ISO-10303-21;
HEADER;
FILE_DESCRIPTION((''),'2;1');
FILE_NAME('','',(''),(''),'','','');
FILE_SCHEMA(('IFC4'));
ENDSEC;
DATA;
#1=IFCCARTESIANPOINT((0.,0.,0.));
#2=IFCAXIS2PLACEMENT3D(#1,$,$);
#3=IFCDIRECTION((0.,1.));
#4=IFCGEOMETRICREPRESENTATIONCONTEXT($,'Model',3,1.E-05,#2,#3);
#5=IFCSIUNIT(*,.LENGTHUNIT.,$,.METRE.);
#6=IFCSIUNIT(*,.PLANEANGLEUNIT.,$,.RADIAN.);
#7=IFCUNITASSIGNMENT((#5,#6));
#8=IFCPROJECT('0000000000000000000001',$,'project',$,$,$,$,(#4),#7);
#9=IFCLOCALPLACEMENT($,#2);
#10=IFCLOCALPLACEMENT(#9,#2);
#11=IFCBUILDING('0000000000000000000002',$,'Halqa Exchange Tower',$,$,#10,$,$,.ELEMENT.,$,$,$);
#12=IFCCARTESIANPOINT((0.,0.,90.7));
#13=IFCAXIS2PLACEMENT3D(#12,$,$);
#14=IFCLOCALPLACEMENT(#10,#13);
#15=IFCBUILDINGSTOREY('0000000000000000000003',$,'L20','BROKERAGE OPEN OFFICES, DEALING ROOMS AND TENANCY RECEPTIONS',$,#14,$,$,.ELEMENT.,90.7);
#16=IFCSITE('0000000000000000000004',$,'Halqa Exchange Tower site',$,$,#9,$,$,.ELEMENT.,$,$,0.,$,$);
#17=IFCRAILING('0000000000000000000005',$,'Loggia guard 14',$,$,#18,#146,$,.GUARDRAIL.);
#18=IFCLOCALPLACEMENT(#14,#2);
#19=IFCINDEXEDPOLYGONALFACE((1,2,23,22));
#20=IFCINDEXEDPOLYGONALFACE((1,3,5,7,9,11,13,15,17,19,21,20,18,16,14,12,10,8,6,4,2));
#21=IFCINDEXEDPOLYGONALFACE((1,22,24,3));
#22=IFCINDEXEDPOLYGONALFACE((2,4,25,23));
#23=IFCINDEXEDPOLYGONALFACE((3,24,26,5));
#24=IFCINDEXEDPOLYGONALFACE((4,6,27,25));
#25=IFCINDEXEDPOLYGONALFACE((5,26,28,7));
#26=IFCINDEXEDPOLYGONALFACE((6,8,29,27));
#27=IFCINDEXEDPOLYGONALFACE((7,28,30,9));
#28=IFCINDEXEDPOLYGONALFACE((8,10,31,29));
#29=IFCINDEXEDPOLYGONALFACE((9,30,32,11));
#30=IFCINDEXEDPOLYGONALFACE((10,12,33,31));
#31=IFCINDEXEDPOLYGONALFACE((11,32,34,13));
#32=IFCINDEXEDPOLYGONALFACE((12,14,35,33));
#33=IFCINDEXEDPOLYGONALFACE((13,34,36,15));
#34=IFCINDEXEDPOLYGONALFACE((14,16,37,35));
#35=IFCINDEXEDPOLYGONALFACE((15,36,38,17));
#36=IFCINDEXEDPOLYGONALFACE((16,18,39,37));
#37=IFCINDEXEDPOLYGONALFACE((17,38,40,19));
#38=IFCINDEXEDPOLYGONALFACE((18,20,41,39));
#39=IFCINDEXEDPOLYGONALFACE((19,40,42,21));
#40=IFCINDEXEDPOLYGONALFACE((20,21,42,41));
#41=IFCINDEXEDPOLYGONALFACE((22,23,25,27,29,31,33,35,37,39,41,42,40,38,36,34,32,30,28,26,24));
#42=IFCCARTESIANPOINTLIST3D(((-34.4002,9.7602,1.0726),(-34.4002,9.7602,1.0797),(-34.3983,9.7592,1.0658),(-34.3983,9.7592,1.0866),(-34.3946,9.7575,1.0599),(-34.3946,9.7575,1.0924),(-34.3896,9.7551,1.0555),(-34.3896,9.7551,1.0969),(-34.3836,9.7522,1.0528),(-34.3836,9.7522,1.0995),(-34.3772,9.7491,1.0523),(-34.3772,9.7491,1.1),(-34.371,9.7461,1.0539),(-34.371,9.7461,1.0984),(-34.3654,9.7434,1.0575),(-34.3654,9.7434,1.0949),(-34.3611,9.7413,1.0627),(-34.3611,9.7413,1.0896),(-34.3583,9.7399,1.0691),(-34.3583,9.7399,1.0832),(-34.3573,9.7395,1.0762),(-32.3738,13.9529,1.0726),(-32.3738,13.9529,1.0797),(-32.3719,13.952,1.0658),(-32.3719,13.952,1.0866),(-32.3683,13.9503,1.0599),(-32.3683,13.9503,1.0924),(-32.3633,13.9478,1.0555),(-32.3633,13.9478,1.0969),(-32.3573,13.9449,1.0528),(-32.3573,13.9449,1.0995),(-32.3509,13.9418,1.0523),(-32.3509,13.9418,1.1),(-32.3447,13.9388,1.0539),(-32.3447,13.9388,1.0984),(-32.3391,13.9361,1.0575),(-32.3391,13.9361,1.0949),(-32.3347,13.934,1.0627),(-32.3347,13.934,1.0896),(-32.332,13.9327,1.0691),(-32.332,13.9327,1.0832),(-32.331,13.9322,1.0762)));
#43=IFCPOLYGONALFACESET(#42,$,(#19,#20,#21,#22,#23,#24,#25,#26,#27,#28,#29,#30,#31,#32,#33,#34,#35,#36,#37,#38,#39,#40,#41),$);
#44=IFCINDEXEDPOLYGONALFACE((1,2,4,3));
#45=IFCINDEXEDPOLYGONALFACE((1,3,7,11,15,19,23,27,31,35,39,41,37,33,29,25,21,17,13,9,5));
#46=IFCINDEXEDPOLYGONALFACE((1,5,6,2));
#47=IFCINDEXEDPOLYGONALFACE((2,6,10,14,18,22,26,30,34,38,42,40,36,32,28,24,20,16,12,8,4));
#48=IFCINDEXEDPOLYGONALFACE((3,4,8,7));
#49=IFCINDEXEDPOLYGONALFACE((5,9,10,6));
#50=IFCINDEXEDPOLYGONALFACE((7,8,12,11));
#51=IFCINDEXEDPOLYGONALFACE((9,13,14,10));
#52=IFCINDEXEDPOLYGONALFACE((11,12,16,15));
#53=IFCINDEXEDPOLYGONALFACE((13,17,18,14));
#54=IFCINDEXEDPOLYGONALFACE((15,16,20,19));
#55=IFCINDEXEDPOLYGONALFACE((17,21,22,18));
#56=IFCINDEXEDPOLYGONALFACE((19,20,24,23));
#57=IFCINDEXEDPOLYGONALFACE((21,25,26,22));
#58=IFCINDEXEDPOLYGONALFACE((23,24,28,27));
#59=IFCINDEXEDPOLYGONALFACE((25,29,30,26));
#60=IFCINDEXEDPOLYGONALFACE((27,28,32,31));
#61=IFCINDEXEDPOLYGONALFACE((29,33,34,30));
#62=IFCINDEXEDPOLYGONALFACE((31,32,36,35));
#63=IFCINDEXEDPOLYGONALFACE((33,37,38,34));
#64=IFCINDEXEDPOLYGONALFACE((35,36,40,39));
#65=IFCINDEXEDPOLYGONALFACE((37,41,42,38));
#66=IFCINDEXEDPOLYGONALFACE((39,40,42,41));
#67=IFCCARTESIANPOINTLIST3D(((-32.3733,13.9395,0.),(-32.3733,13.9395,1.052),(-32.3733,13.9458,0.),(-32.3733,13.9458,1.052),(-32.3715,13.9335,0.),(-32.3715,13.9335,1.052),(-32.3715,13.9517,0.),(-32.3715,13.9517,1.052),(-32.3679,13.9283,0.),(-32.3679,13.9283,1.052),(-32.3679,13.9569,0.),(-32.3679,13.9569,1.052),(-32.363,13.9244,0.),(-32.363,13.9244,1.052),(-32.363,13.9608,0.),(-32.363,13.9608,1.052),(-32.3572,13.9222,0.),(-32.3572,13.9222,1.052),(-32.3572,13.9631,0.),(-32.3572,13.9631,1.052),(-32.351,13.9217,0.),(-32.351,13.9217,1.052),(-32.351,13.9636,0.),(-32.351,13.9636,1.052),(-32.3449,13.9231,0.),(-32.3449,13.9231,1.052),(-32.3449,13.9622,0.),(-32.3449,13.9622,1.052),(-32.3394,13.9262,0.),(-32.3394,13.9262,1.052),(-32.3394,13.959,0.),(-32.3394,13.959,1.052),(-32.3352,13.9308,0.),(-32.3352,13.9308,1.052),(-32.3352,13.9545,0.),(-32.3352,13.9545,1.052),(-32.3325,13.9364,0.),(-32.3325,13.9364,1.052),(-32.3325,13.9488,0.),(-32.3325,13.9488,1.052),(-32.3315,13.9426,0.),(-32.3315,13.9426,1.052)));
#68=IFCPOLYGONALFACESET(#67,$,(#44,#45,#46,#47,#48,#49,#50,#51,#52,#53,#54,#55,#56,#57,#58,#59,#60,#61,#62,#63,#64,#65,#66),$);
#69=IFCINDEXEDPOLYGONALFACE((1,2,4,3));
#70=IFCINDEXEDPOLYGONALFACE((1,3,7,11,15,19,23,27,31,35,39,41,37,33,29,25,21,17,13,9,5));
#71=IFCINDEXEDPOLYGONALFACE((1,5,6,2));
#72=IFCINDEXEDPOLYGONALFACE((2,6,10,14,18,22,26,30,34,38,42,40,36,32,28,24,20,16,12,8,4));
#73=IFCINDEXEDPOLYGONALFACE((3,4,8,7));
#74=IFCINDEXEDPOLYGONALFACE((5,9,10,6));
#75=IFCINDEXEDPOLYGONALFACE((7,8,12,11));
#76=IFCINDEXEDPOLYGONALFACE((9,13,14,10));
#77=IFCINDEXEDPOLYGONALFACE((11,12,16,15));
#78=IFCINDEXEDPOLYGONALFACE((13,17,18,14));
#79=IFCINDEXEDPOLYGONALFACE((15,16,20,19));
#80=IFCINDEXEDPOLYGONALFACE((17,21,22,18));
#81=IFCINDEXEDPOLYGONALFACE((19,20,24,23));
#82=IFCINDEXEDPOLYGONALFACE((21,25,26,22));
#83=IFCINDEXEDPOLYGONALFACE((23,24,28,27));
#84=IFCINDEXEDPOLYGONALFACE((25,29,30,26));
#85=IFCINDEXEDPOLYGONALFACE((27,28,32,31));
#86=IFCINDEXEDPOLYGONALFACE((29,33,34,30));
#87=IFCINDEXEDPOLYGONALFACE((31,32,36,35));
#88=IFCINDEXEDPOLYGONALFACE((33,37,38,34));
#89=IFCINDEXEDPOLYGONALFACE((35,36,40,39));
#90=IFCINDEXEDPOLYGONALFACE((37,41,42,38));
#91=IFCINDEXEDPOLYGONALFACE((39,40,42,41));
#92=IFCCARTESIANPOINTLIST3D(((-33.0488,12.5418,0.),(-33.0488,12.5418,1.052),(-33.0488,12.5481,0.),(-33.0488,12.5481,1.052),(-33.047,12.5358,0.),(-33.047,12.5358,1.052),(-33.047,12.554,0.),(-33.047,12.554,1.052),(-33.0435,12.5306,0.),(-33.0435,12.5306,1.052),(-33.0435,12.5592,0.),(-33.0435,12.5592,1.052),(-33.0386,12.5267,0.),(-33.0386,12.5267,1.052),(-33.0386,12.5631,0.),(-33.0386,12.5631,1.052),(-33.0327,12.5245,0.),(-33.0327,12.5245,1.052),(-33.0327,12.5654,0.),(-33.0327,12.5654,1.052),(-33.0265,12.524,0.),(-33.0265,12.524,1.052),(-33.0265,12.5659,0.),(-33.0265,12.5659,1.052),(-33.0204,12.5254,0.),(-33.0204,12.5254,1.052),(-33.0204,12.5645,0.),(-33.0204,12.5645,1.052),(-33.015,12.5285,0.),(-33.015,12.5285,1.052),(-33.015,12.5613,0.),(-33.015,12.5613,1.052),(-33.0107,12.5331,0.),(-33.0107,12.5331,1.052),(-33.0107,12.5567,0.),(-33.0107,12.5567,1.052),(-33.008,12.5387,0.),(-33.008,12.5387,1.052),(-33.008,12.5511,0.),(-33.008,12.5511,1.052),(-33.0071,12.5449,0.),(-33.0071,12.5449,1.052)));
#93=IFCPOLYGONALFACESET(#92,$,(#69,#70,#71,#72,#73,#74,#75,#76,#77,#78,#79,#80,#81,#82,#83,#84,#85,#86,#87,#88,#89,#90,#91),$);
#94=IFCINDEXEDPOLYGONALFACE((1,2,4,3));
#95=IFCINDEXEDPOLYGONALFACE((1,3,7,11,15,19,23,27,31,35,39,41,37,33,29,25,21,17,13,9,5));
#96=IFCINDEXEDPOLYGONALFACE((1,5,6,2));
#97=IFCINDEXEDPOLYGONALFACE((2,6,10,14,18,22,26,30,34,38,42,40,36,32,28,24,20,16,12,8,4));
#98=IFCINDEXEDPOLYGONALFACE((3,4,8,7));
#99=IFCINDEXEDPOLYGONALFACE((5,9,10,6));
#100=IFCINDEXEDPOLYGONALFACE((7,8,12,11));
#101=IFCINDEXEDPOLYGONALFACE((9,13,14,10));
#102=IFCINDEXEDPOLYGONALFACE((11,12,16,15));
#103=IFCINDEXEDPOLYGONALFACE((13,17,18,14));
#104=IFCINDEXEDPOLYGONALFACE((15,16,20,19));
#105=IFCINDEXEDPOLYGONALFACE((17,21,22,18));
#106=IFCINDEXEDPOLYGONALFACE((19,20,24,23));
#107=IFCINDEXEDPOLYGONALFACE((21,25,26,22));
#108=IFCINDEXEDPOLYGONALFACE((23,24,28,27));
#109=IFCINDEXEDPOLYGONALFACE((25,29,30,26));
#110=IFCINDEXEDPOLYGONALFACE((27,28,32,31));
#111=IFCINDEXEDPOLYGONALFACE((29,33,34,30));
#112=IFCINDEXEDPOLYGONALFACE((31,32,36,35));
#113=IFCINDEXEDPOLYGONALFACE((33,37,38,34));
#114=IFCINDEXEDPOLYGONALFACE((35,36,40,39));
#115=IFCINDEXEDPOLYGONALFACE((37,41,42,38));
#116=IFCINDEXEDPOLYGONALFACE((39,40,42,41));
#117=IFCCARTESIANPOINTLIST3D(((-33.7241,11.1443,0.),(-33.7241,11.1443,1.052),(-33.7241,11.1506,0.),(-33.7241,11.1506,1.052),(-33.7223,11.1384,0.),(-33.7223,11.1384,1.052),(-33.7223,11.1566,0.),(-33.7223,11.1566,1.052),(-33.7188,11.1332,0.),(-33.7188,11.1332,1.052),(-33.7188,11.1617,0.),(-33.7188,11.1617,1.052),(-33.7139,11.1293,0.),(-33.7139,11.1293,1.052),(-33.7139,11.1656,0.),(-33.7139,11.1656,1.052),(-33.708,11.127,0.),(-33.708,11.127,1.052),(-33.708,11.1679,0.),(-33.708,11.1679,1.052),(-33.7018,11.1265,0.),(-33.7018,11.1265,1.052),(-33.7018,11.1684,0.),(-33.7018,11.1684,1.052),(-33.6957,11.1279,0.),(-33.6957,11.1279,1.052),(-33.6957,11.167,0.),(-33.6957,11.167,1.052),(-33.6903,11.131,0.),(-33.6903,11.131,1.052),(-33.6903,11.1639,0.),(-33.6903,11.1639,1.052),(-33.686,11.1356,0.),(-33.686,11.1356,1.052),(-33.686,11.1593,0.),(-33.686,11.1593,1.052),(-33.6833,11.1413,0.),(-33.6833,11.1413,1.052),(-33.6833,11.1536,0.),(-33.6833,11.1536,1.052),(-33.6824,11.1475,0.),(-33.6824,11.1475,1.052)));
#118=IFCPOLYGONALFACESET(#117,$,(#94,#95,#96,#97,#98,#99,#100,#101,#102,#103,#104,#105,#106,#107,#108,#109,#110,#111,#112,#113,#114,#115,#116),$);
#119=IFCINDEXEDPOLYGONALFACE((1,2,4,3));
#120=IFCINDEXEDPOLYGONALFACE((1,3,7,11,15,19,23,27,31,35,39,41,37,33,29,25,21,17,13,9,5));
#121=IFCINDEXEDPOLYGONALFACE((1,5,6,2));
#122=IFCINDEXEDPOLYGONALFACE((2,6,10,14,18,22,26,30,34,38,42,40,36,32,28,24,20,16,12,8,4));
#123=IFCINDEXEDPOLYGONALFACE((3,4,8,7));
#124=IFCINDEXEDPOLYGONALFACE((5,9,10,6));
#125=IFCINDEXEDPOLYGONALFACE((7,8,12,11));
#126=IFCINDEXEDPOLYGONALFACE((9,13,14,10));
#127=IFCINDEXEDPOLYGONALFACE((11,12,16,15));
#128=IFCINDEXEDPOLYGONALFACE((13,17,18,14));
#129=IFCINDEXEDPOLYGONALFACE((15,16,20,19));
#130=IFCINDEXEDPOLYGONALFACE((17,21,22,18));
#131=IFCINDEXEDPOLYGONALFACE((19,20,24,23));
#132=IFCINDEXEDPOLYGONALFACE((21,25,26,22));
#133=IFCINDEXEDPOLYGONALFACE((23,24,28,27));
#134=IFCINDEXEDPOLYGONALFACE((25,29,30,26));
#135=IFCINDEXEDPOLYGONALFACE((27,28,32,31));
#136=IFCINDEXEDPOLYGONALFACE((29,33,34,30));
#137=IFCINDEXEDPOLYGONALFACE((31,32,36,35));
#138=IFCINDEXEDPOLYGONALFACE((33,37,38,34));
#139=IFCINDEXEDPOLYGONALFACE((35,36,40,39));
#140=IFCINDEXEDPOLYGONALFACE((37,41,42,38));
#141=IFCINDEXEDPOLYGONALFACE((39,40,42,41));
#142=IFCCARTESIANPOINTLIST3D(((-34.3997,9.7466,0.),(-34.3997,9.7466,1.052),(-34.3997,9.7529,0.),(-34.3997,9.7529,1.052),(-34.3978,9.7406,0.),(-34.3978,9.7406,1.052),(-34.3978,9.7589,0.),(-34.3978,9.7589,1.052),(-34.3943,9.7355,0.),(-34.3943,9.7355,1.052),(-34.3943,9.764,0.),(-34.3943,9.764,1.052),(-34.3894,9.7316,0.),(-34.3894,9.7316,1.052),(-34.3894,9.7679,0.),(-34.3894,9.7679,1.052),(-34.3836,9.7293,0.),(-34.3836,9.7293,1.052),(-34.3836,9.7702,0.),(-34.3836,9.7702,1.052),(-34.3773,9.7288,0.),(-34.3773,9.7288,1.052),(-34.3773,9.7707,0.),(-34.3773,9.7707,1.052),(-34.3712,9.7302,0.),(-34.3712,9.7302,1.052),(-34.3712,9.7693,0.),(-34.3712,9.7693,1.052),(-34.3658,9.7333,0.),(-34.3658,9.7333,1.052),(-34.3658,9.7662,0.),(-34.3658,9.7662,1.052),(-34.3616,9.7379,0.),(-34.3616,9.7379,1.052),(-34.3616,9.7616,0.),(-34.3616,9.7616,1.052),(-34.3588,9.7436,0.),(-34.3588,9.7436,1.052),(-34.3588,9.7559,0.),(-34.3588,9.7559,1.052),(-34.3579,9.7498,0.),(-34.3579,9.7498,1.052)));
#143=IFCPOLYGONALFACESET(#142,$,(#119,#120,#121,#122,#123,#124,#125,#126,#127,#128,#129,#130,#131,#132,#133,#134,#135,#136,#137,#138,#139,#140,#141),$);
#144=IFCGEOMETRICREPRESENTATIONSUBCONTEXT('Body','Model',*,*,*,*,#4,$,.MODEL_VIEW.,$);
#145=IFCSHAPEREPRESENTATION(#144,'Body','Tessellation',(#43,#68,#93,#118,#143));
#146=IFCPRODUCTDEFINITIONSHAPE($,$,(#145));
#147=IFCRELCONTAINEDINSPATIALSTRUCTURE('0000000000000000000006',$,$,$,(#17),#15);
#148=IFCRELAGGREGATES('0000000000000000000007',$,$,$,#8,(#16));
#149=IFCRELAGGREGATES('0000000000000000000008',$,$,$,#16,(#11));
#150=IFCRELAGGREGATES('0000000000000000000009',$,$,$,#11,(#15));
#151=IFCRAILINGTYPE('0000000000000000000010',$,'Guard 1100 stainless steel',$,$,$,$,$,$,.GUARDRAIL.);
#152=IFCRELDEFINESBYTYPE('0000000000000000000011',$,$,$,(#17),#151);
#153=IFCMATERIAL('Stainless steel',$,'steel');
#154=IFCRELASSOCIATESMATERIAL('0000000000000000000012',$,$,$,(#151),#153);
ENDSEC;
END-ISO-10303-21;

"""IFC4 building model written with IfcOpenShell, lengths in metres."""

from ifc_helpers import new_model, si_unit, direction, frame, origin, origin_2d, place, context, subcontext, project, spatial, circle, extrude, material, type_object, element, save


model = new_model("IFC4")

# Units and contexts
model_context = context("Model", 3, precision=1e-05, world=origin(), true_north=direction((0.0, 1.0)))
body_context = subcontext(model_context, "Body", "Model", "MODEL_VIEW")
ifc_project = project(units=[si_unit("LENGTHUNIT", "METRE"), si_unit("PLANEANGLEUNIT", "RADIAN")], contexts=[model_context])

# Site, building, storey
site_placement = place(None, origin())
site = spatial("IfcSite", under=ifc_project, at=site_placement, Name="Halqa Exchange Tower site", CompositionType="ELEMENT", RefElevation=0.0)
building_placement = place(site_placement, origin())
building = spatial("IfcBuilding", under=site, at=building_placement, Name="Halqa Exchange Tower", CompositionType="ELEMENT")
storey_placement = place(building_placement, frame((0.0, 0.0, 90.7)))
storey = spatial("IfcBuildingStorey", under=building, at=storey_placement, Name="L20", Description="BROKERAGE OPEN OFFICES, DEALING ROOMS AND TENANCY RECEPTIONS", CompositionType="ELEMENT", Elevation=90.7)

# Railing
ifc_material_1 = material(Name="Stainless steel", Category="steel")
railing_type = type_object("IfcRailingType", Name="Guard 1100 stainless steel", PredefinedType="GUARDRAIL", material=ifc_material_1)
railing_1_placement = place(storey_placement, frame((-32.3525, 13.9426, 0.0)))
element("IfcRailing", 1, at=railing_1_placement, inside=storey, type_object=railing_type, Name="Loggia guard 14", PredefinedType="GUARDRAIL", context=body_context, shape_type="SweptSolid", body=[
    extrude(circle(Radius=0.0239, at=origin_2d()), frame((0.0, 0.0, 1.0762), z_axis=(-0.435136, -0.900365, 0.0), x_axis=(0.900365, -0.435136, 0.0)), (0.0, 0.0, 1.0), 4.6567),
    extrude(circle(Radius=0.021, at=origin_2d()), origin(), (0.0, 0.0, 1.0), 1.052),
    extrude(circle(Radius=0.021, at=origin_2d()), frame((-0.6755, -1.3977, 0.0)), (0.0, 0.0, 1.0), 1.052),
    extrude(circle(Radius=0.021, at=origin_2d()), frame((-1.3508, -2.7952, 0.0)), (0.0, 0.0, 1.0), 1.052),
    extrude(circle(Radius=0.021, at=origin_2d()), frame((-2.0264, -4.1929, 0.0)), (0.0, 0.0, 1.0), 1.052),
])

save(model, "model.ifc")
